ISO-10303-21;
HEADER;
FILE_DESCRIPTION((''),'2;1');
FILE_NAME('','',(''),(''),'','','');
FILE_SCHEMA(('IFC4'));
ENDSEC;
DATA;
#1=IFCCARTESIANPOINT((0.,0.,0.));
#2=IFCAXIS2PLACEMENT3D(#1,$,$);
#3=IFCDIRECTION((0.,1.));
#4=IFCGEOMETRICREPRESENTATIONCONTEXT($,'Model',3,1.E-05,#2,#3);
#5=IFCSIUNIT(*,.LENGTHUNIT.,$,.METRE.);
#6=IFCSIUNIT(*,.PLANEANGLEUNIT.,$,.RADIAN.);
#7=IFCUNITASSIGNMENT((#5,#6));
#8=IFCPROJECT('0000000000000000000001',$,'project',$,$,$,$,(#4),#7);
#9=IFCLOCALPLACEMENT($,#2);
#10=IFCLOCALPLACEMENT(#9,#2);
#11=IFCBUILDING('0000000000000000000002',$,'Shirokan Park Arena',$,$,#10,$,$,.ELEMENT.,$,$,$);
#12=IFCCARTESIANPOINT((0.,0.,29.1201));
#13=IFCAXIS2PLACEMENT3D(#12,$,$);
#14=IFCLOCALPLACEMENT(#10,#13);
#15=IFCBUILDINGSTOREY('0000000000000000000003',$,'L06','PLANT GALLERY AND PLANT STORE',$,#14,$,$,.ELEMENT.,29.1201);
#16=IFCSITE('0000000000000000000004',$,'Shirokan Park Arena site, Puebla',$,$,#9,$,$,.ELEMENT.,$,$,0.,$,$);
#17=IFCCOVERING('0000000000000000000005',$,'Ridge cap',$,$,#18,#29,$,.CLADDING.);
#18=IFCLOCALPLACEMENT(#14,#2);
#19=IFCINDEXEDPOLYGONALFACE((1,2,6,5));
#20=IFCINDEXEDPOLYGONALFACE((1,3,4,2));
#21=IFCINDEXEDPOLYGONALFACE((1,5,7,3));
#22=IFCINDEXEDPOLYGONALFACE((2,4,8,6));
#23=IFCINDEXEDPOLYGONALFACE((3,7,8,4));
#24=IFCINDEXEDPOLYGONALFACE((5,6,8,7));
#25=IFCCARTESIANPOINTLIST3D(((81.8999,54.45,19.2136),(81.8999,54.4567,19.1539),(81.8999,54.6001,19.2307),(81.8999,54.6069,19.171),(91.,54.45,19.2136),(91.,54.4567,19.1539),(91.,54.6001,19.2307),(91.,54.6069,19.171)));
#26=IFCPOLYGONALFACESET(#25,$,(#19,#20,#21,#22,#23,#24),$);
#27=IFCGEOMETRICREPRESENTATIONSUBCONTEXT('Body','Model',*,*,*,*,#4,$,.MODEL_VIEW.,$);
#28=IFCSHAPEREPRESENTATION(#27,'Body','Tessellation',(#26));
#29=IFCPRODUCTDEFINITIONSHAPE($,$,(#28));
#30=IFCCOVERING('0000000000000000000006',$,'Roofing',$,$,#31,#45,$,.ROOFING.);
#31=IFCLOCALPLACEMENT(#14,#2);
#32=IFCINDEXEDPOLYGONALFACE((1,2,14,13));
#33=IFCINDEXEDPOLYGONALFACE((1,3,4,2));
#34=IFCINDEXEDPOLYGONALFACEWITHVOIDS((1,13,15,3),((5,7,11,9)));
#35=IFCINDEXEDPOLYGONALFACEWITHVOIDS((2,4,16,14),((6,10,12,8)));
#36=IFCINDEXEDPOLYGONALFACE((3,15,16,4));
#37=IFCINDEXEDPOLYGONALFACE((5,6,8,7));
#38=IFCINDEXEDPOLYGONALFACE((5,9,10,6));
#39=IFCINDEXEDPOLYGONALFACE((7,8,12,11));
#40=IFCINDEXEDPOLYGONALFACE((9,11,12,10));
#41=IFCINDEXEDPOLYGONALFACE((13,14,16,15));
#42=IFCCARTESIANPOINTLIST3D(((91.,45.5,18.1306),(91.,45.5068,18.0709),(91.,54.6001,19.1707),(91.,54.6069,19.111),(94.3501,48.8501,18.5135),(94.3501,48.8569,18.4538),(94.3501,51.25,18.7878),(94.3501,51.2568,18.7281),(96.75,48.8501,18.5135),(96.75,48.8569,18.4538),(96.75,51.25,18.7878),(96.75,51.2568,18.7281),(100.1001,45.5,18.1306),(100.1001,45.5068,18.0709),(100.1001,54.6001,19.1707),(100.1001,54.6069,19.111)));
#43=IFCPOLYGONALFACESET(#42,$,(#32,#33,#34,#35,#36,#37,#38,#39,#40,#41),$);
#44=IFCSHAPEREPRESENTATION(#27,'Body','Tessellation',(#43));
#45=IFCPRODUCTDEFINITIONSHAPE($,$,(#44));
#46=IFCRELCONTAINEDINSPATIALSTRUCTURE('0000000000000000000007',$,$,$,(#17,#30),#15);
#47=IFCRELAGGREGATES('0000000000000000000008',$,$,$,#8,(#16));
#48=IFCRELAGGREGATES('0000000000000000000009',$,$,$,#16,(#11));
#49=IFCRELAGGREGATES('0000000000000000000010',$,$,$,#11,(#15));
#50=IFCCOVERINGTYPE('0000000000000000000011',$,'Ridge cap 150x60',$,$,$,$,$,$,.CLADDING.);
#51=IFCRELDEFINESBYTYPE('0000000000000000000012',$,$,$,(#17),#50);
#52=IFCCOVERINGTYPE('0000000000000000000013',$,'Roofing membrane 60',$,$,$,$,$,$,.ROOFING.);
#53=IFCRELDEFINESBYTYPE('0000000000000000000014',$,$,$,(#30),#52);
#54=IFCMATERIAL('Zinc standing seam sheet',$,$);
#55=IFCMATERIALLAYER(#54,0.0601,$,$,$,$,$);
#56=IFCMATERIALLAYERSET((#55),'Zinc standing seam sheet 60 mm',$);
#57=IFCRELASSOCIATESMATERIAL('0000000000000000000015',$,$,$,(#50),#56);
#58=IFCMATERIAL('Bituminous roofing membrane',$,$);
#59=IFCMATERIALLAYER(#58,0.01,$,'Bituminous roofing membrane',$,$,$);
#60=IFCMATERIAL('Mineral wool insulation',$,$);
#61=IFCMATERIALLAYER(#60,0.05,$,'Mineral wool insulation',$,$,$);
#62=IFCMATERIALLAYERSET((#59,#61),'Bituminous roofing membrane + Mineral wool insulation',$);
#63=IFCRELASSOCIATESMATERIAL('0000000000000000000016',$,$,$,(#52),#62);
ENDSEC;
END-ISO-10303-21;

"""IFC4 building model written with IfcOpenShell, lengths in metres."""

from ifc_helpers import new_model, si_unit, direction, frame, origin, place, context, subcontext, project, spatial, polyline, outline, extrude, material, layer, layer_set, type_object, element, save


model = new_model("IFC4")

# Units and contexts
model_context = context("Model", 3, precision=1e-05, world=origin(), true_north=direction((0.0, 1.0)))
body_context = subcontext(model_context, "Body", "Model", "MODEL_VIEW")
ifc_project = project(units=[si_unit("LENGTHUNIT", "METRE"), si_unit("PLANEANGLEUNIT", "RADIAN")], contexts=[model_context])

# Site, building, storey
site_placement = place(None, origin())
site = spatial("IfcSite", under=ifc_project, at=site_placement, Name="Shirokan Park Arena site, Puebla", CompositionType="ELEMENT", RefElevation=0.0)
building_placement = place(site_placement, origin())
building = spatial("IfcBuilding", under=site, at=building_placement, Name="Shirokan Park Arena", CompositionType="ELEMENT")
storey_placement = place(building_placement, frame((0.0, 0.0, 29.1201)))
storey = spatial("IfcBuildingStorey", under=building, at=storey_placement, Name="L06", Description="PLANT GALLERY AND PLANT STORE", CompositionType="ELEMENT", Elevation=29.1201)

# Coverings
ifc_material_1 = material(Name="Zinc standing seam sheet")
ifc_layer_1 = layer(ifc_material_1, 0.0601)
ifc_layer_set_1 = layer_set([ifc_layer_1], Name="Zinc standing seam sheet 60 mm")
covering_type_1 = type_object("IfcCoveringType", Name="Ridge cap 150x60", PredefinedType="CLADDING", material=ifc_layer_set_1)
covering_1_placement = place(storey_placement, frame((81.8999, 54.45, 19.2136), z_axis=(0.0, -0.113091, 0.993585), x_axis=(1.0, 0.0, 0.0)))
element("IfcCovering", 1, at=covering_1_placement, inside=storey, type_object=covering_type_1, Name="Ridge cap", PredefinedType="CLADDING", context=body_context, shape_type="SweptSolid", body=[
    extrude(outline(polyline([(0.0, 0.0), (9.1001, 0.0), (9.1001, 0.1511), (0.0, 0.1511), (0.0, 0.0)])), origin(), (0.0, 0.0, -1.0), 0.0601),
])
ifc_material_2 = material(Name="Bituminous roofing membrane")
ifc_layer_2 = layer(ifc_material_2, 0.01, Name="Bituminous roofing membrane")
ifc_material_3 = material(Name="Mineral wool insulation")
ifc_layer_3 = layer(ifc_material_3, 0.05, Name="Mineral wool insulation")
ifc_layer_set_2 = layer_set([ifc_layer_2, ifc_layer_3], Name="Bituminous roofing membrane + Mineral wool insulation")
covering_type_2 = type_object("IfcCoveringType", Name="Roofing membrane 60", PredefinedType="ROOFING", material=ifc_layer_set_2)
covering_2_placement = place(storey_placement, frame((91.0, 45.5, 18.1306), z_axis=(0.0, -0.11355, 0.993532), x_axis=(1.0, 0.0, 0.0)))
element("IfcCovering", 2, at=covering_2_placement, inside=storey, type_object=covering_type_2, Name="Roofing", PredefinedType="ROOFING", context=body_context, shape_type="SweptSolid", body=[
    extrude(outline(polyline([(0.0, 0.0), (9.1001, 0.0), (9.1001, 9.1593), (0.0, 9.1593), (0.0, 0.0)]), holes=[polyline([(5.75, 3.3719), (5.75, 5.7874), (3.3501, 5.7874), (3.3501, 3.3719), (5.75, 3.3719)])]), origin(), (0.0, 0.0, -1.0), 0.0601),
])

save(model, "model.ifc")
